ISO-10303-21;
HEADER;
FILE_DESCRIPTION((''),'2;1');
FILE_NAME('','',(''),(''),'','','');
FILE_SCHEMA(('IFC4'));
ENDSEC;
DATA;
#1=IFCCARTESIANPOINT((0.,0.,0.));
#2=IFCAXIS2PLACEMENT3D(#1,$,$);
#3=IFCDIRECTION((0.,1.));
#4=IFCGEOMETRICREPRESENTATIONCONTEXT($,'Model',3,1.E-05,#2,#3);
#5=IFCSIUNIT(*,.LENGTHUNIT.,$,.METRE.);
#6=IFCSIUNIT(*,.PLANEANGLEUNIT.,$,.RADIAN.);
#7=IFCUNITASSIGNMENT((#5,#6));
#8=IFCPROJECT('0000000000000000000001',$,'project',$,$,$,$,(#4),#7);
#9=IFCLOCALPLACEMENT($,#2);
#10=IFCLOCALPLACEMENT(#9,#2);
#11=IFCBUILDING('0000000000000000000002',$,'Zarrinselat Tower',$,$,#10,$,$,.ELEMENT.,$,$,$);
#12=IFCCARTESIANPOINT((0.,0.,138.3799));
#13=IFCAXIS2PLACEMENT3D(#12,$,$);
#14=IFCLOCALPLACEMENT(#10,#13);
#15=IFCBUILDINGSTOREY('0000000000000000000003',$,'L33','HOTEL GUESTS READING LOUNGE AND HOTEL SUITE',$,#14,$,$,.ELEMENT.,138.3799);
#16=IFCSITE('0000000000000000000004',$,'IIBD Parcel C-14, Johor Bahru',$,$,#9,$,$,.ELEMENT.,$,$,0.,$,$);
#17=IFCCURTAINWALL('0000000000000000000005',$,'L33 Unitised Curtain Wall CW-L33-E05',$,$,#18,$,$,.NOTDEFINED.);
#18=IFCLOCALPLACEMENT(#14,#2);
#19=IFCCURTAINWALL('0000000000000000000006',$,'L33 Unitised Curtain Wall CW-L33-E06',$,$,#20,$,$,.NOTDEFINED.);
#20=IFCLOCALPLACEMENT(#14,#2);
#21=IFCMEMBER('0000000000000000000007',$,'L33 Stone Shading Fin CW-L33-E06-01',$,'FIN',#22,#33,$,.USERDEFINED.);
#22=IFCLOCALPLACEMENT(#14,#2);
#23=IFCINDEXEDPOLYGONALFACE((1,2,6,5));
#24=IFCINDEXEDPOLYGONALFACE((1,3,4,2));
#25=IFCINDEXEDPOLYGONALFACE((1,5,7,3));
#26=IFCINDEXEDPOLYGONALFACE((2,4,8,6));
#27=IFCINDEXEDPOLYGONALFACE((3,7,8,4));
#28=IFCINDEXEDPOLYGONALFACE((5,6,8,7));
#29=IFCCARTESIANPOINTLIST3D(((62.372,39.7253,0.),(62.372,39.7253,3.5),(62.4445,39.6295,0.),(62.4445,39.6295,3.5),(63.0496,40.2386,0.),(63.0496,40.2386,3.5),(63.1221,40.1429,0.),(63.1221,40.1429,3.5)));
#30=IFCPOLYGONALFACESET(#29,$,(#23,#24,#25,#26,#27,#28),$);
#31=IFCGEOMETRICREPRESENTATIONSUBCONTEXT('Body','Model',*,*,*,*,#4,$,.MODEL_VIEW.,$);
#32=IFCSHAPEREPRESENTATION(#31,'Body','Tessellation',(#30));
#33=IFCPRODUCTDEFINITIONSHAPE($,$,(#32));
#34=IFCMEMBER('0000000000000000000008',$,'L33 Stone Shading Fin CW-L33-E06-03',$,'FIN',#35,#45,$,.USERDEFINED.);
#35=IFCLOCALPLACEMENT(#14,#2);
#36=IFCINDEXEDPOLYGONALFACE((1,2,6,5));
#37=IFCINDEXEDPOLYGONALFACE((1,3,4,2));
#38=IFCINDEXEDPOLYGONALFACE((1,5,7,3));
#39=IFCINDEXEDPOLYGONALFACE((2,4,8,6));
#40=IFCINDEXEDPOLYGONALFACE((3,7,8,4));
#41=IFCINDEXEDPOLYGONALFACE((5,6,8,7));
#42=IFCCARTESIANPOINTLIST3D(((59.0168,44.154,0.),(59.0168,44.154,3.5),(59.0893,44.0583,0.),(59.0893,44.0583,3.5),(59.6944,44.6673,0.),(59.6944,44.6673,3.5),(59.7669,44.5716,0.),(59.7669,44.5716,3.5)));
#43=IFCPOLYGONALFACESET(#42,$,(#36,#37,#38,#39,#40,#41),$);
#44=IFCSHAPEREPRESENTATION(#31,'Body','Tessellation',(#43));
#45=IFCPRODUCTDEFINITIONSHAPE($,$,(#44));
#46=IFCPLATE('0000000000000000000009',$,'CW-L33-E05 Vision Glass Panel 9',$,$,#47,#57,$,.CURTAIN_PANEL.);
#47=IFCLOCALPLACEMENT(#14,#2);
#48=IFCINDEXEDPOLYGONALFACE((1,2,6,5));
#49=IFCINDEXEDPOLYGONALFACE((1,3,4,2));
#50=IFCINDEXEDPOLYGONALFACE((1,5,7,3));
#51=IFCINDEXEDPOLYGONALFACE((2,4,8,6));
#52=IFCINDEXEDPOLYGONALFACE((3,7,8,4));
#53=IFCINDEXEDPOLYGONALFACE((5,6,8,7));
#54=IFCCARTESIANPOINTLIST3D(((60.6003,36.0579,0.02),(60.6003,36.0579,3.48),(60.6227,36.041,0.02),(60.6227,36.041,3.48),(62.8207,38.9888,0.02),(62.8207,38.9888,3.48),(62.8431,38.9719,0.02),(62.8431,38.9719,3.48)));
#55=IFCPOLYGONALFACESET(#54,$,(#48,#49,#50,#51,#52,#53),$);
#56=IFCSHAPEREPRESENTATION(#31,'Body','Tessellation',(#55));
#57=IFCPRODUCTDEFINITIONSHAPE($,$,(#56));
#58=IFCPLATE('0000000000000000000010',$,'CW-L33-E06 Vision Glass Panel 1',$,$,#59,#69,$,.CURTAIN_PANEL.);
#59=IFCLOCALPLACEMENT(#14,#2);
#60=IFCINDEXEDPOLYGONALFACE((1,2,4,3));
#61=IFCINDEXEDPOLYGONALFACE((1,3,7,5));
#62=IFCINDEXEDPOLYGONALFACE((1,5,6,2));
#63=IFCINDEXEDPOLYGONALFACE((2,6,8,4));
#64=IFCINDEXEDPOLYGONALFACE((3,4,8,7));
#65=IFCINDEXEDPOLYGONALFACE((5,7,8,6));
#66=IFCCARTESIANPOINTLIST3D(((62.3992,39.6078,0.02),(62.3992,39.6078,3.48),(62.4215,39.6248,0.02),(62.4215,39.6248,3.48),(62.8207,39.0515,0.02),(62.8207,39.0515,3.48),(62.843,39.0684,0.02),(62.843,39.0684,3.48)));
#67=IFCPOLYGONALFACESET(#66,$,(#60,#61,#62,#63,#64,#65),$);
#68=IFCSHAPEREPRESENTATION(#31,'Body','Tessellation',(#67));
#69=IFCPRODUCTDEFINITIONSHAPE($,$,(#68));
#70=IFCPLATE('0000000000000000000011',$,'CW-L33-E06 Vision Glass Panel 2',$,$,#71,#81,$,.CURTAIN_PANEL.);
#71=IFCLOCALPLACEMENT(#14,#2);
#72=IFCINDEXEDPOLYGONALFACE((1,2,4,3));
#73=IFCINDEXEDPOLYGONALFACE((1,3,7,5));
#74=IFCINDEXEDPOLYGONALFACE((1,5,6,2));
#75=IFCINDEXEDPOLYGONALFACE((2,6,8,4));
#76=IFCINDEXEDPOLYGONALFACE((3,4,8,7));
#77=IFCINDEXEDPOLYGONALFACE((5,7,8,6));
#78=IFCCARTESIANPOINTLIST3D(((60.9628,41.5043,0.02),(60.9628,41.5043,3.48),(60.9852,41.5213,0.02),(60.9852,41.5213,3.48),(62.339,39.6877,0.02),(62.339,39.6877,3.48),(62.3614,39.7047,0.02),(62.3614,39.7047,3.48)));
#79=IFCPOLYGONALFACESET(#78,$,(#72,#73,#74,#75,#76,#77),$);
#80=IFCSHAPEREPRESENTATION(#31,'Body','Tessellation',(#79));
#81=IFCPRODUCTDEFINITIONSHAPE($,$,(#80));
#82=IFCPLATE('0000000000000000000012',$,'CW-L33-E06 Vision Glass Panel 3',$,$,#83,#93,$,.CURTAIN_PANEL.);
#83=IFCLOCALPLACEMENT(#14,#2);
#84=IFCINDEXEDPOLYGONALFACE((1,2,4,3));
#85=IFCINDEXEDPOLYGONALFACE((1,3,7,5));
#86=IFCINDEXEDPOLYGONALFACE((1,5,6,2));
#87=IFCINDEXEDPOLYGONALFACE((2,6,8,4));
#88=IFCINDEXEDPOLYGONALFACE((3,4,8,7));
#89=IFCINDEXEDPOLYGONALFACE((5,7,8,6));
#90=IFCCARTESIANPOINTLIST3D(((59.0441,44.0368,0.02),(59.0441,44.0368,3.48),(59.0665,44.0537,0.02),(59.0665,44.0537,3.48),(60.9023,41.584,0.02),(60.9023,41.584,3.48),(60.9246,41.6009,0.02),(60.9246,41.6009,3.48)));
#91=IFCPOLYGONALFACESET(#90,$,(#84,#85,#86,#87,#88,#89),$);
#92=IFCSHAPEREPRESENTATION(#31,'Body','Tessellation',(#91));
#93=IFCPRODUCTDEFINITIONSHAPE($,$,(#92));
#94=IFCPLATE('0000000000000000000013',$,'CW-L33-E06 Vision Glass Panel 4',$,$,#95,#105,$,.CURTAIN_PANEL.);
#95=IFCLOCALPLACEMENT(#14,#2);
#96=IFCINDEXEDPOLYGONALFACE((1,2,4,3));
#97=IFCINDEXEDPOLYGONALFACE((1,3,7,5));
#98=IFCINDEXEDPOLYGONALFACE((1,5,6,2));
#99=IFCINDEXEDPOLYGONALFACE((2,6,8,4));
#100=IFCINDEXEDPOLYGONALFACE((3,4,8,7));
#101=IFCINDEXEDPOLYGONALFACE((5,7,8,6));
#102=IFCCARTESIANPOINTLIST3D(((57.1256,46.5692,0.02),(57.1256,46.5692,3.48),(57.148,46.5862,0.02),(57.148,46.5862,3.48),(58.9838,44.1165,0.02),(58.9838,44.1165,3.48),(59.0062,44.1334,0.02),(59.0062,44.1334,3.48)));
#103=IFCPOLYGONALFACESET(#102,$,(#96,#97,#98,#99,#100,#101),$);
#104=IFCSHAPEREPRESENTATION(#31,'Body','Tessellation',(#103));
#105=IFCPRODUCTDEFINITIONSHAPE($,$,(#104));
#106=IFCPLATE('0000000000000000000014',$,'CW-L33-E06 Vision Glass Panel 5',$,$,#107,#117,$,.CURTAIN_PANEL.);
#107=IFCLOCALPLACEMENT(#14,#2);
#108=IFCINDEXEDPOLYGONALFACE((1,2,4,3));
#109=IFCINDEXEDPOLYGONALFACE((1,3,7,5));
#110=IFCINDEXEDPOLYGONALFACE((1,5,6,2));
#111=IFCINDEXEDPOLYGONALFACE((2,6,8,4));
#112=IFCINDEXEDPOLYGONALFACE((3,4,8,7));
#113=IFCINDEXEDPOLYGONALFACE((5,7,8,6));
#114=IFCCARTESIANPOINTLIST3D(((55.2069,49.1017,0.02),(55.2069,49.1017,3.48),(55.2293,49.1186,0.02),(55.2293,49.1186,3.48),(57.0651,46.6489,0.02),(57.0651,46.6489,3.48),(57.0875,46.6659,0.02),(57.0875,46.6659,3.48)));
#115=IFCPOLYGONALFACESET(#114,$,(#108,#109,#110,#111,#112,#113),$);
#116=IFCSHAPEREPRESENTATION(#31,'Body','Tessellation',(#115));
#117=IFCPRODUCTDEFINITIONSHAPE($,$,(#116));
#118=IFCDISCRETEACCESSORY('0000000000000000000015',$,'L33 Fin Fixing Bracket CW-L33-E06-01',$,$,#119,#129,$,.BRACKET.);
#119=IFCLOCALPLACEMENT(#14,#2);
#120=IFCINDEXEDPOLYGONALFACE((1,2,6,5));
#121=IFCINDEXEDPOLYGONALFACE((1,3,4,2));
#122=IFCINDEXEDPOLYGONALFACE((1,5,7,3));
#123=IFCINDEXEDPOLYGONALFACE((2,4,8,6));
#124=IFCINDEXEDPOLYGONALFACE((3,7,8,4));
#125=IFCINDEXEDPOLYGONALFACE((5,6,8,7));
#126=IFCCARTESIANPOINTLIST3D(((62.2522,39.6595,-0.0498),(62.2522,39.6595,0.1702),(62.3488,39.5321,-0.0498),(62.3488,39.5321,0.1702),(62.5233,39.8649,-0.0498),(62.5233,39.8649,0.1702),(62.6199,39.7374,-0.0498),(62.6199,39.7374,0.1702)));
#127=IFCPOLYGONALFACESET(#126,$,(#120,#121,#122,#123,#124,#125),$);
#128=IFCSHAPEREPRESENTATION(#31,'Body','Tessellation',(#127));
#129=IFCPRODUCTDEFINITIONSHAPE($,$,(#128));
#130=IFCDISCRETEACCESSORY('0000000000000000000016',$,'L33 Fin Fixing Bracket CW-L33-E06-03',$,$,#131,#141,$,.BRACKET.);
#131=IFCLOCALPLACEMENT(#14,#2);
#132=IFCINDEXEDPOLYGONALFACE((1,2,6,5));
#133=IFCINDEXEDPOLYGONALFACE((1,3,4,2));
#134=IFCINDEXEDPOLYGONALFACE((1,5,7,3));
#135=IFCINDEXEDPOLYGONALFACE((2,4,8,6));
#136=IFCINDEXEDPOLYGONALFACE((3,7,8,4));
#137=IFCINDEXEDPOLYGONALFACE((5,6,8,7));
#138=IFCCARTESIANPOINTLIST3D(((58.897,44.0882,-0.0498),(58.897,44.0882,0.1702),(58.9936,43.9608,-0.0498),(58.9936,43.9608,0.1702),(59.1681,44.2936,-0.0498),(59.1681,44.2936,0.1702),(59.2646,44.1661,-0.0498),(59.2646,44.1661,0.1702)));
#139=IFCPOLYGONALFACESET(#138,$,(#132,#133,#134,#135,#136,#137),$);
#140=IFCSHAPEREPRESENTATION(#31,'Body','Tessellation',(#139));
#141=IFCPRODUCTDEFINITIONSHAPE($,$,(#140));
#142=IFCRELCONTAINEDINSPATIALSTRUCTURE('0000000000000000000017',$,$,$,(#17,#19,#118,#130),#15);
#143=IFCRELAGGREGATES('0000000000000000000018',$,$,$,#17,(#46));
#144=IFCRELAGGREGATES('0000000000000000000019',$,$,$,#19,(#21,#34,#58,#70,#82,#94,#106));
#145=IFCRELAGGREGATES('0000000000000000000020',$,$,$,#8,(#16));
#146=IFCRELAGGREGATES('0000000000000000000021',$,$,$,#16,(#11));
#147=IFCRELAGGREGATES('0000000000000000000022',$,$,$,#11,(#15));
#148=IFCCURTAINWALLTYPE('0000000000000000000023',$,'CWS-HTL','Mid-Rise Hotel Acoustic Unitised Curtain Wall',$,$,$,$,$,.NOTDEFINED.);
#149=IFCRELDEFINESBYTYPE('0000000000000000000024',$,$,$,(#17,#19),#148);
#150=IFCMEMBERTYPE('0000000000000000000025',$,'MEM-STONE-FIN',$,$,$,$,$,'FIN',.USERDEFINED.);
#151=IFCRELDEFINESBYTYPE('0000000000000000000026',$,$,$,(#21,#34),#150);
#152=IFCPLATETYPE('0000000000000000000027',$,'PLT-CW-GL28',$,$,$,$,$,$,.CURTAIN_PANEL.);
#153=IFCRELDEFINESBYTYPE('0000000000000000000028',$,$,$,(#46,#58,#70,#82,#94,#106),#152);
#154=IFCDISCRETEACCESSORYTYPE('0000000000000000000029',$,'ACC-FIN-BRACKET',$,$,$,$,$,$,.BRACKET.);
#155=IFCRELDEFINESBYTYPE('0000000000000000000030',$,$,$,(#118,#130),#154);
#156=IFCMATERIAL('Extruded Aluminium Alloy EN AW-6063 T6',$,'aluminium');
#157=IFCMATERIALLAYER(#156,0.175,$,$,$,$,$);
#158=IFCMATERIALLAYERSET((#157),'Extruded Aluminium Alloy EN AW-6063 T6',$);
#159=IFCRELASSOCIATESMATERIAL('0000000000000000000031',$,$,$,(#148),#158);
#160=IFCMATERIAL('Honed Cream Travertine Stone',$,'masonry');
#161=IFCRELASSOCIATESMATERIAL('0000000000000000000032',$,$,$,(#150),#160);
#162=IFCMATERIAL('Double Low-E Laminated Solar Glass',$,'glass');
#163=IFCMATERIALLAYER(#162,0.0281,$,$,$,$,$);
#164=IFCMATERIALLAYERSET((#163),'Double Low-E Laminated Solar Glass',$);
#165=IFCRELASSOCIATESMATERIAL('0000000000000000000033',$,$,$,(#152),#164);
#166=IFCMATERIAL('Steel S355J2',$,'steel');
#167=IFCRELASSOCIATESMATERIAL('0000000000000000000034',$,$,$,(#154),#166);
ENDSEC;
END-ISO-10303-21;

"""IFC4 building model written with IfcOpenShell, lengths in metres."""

from ifc_helpers import new_model, si_unit, direction, frame, origin, origin_2d, place, context, subcontext, project, spatial, rectangle, extrude, material, layer, layer_set, material_profile, profile_set, type_object, element, aggregate, save


model = new_model("IFC4")

# Units and contexts
model_context = context("Model", 3, precision=1e-05, world=origin(), true_north=direction((0.0, 1.0)))
body_context = subcontext(model_context, "Body", "Model", "MODEL_VIEW")
ifc_project = project(units=[si_unit("LENGTHUNIT", "METRE"), si_unit("PLANEANGLEUNIT", "RADIAN")], contexts=[model_context])

# Site, building, storey
site_placement = place(None, origin())
site = spatial("IfcSite", under=ifc_project, at=site_placement, Name="IIBD Parcel C-14, Johor Bahru", CompositionType="ELEMENT", RefElevation=0.0)
building_placement = place(site_placement, origin())
building = spatial("IfcBuilding", under=site, at=building_placement, Name="Zarrinselat Tower", CompositionType="ELEMENT")
storey_placement = place(building_placement, frame((0.0, 0.0, 138.3799)))
storey = spatial("IfcBuildingStorey", under=building, at=storey_placement, Name="L33", Description="HOTEL GUESTS READING LOUNGE AND HOTEL SUITE", CompositionType="ELEMENT", Elevation=138.3799)

# Shared definitions
ifc_material_1 = material(Name="Extruded Aluminium Alloy EN AW-6063 T6", Category="aluminium")
ifc_layer_1 = layer(ifc_material_1, 0.175)
ifc_layer_set_1 = layer_set([ifc_layer_1], Name="Extruded Aluminium Alloy EN AW-6063 T6")
curtain_wall_type = type_object("IfcCurtainWallType", Name="CWS-HTL", Description="Mid-Rise Hotel Acoustic Unitised Curtain Wall", PredefinedType="NOTDEFINED", material=ifc_layer_set_1)

# Curtain walls, members
curtain_wall_1_placement = place(storey_placement, origin())
curtain_wall_1 = element("IfcCurtainWall", 1, at=curtain_wall_1_placement, inside=storey, type_object=curtain_wall_type, Name="L33 Unitised Curtain Wall CW-L33-E05", PredefinedType="NOTDEFINED")
curtain_wall_2_placement = place(storey_placement, origin())
curtain_wall_2 = element("IfcCurtainWall", 2, at=curtain_wall_2_placement, inside=storey, type_object=curtain_wall_type, Name="L33 Unitised Curtain Wall CW-L33-E06", PredefinedType="NOTDEFINED")
ifc_material_2 = material(Name="Honed Cream Travertine Stone", Category="masonry")
ifc_material_profile_1 = material_profile(ifc_material_2, rectangle(XDim=0.1201, YDim=0.8501, at=origin_2d()), Name="FIN 850x120")
ifc_profile_set_1 = profile_set([ifc_material_profile_1], Name="Honed Cream Travertine Stone")
member_type_1 = type_object("IfcMemberType", Name="MEM-STONE-FIN", ElementType="FIN", PredefinedType="USERDEFINED", material=ifc_profile_set_1)
member_1_placement = place(storey_placement, frame((62.7471, 39.9341, 0.0), z_axis=(0.0, 0.0, 1.0), x_axis=(0.603859, -0.797091, 0.0)))
member_1 = element("IfcMember", 3, at=member_1_placement, type_object=member_type_1, Name="L33 Stone Shading Fin CW-L33-E06-01", ObjectType="FIN", PredefinedType="USERDEFINED", context=body_context, shape_type="SweptSolid", body=[
    extrude(rectangle(XDim=0.1201, YDim=0.8501, at=origin_2d()), origin(), (0.0, 0.0, 1.0), 3.5),
])
member_2_placement = place(storey_placement, frame((59.3918, 44.3628, 0.0), z_axis=(0.0, 0.0, 1.0), x_axis=(0.603859, -0.797091, 0.0)))
member_2 = element("IfcMember", 4, at=member_2_placement, type_object=member_type_1, Name="L33 Stone Shading Fin CW-L33-E06-03", ObjectType="FIN", PredefinedType="USERDEFINED", context=body_context, shape_type="SweptSolid", body=[
    extrude(rectangle(XDim=0.1201, YDim=0.8501, at=origin_2d()), origin(), (0.0, 0.0, 1.0), 3.5),
])

# Plates
ifc_material_3 = material(Name="Double Low-E Laminated Solar Glass", Category="glass")
ifc_layer_2 = layer(ifc_material_3, 0.0281)
ifc_layer_set_2 = layer_set([ifc_layer_2], Name="Double Low-E Laminated Solar Glass")
plate_type = type_object("IfcPlateType", Name="PLT-CW-GL28", PredefinedType="CURTAIN_PANEL", material=ifc_layer_set_2)
plate_1_placement = place(storey_placement, frame((61.7217, 37.5149, 0.02), z_axis=(0.0, 0.0, 1.0), x_axis=(0.603856, 0.797094, 0.0)))
plate_1 = element("IfcPlate", 5, at=plate_1_placement, type_object=plate_type, Name="CW-L33-E05 Vision Glass Panel 9", PredefinedType="CURTAIN_PANEL", context=body_context, shape_type="SweptSolid", body=[
    extrude(rectangle(XDim=3.677, YDim=0.0281, at=origin_2d()), origin(), (0.0, 0.0, 1.0), 3.46),
])
aggregate(curtain_wall_1, [plate_1])
plate_2_placement = place(storey_placement, frame((62.6211, 39.3381, 0.02), z_axis=(0.0, 0.0, 1.0), x_axis=(-0.603859, 0.797091, 0.0)))
plate_2 = element("IfcPlate", 6, at=plate_2_placement, type_object=plate_type, Name="CW-L33-E06 Vision Glass Panel 1", PredefinedType="CURTAIN_PANEL", context=body_context, shape_type="SweptSolid", body=[
    extrude(rectangle(XDim=0.698, YDim=0.0281, at=origin_2d()), origin(), (0.0, 0.0, 1.0), 3.46),
])
plate_3_placement = place(storey_placement, frame((61.6621, 40.6045, 0.02), z_axis=(0.0, 0.0, 1.0), x_axis=(-0.603859, 0.797091, 0.0)))
plate_3 = element("IfcPlate", 7, at=plate_3_placement, type_object=plate_type, Name="CW-L33-E06 Vision Glass Panel 2", PredefinedType="CURTAIN_PANEL", context=body_context, shape_type="SweptSolid", body=[
    extrude(rectangle(XDim=2.2791, YDim=0.0281, at=origin_2d()), origin(), (0.0, 0.0, 1.0), 3.46),
])
plate_4_placement = place(storey_placement, frame((59.9844, 42.8188, 0.02), z_axis=(0.0, 0.0, 1.0), x_axis=(-0.603859, 0.797091, 0.0)))
plate_4 = element("IfcPlate", 8, at=plate_4_placement, type_object=plate_type, Name="CW-L33-E06 Vision Glass Panel 3", PredefinedType="CURTAIN_PANEL", context=body_context, shape_type="SweptSolid", body=[
    extrude(rectangle(XDim=3.0771, YDim=0.0281, at=origin_2d()), origin(), (0.0, 0.0, 1.0), 3.46),
])
plate_5_placement = place(storey_placement, frame((58.0659, 45.3513, 0.02), z_axis=(0.0, 0.0, 1.0), x_axis=(-0.603859, 0.797091, 0.0)))
plate_5 = element("IfcPlate", 9, at=plate_5_placement, type_object=plate_type, Name="CW-L33-E06 Vision Glass Panel 4", PredefinedType="CURTAIN_PANEL", context=body_context, shape_type="SweptSolid", body=[
    extrude(rectangle(XDim=3.0771, YDim=0.0281, at=origin_2d()), origin(), (0.0, 0.0, 1.0), 3.46),
])
plate_6_placement = place(storey_placement, frame((56.1472, 47.8838, 0.02), z_axis=(0.0, 0.0, 1.0), x_axis=(-0.603859, 0.797091, 0.0)))
plate_6 = element("IfcPlate", 10, at=plate_6_placement, type_object=plate_type, Name="CW-L33-E06 Vision Glass Panel 5", PredefinedType="CURTAIN_PANEL", context=body_context, shape_type="SweptSolid", body=[
    extrude(rectangle(XDim=3.0771, YDim=0.0281, at=origin_2d()), origin(), (0.0, 0.0, 1.0), 3.46),
])
aggregate(curtain_wall_2, [member_1, member_2, plate_2, plate_3, plate_4, plate_5, plate_6])

# Discrete accessories
ifc_material_4 = material(Name="Steel S355J2", Category="steel")
discrete_accessory_type = type_object("IfcDiscreteAccessoryType", Name="ACC-FIN-BRACKET", PredefinedType="BRACKET", material=ifc_material_4)
for number, where, z_axis, x_axis, name in (
    (11, (62.436, 39.6985, -0.0498), (0.0, 0.0, 1.0), (0.797091, 0.603859, 0.0), "L33 Fin Fixing Bracket CW-L33-E06-01"),
    (12, (59.0808, 44.1272, -0.0498), (0.0, 0.0, 1.0), (0.797091, 0.603859, 0.0), "L33 Fin Fixing Bracket CW-L33-E06-03"),
):
    element("IfcDiscreteAccessory", number, at=place(storey_placement, frame(where, z_axis=z_axis, x_axis=x_axis)), inside=storey, type_object=discrete_accessory_type, Name=name, PredefinedType="BRACKET", context=body_context, shape_type="SweptSolid", body=[
        extrude(rectangle(XDim=0.3401, YDim=0.1599, at=origin_2d()), origin(), (0.0, 0.0, 1.0), 0.22),
    ])

save(model, "model.ifc")
